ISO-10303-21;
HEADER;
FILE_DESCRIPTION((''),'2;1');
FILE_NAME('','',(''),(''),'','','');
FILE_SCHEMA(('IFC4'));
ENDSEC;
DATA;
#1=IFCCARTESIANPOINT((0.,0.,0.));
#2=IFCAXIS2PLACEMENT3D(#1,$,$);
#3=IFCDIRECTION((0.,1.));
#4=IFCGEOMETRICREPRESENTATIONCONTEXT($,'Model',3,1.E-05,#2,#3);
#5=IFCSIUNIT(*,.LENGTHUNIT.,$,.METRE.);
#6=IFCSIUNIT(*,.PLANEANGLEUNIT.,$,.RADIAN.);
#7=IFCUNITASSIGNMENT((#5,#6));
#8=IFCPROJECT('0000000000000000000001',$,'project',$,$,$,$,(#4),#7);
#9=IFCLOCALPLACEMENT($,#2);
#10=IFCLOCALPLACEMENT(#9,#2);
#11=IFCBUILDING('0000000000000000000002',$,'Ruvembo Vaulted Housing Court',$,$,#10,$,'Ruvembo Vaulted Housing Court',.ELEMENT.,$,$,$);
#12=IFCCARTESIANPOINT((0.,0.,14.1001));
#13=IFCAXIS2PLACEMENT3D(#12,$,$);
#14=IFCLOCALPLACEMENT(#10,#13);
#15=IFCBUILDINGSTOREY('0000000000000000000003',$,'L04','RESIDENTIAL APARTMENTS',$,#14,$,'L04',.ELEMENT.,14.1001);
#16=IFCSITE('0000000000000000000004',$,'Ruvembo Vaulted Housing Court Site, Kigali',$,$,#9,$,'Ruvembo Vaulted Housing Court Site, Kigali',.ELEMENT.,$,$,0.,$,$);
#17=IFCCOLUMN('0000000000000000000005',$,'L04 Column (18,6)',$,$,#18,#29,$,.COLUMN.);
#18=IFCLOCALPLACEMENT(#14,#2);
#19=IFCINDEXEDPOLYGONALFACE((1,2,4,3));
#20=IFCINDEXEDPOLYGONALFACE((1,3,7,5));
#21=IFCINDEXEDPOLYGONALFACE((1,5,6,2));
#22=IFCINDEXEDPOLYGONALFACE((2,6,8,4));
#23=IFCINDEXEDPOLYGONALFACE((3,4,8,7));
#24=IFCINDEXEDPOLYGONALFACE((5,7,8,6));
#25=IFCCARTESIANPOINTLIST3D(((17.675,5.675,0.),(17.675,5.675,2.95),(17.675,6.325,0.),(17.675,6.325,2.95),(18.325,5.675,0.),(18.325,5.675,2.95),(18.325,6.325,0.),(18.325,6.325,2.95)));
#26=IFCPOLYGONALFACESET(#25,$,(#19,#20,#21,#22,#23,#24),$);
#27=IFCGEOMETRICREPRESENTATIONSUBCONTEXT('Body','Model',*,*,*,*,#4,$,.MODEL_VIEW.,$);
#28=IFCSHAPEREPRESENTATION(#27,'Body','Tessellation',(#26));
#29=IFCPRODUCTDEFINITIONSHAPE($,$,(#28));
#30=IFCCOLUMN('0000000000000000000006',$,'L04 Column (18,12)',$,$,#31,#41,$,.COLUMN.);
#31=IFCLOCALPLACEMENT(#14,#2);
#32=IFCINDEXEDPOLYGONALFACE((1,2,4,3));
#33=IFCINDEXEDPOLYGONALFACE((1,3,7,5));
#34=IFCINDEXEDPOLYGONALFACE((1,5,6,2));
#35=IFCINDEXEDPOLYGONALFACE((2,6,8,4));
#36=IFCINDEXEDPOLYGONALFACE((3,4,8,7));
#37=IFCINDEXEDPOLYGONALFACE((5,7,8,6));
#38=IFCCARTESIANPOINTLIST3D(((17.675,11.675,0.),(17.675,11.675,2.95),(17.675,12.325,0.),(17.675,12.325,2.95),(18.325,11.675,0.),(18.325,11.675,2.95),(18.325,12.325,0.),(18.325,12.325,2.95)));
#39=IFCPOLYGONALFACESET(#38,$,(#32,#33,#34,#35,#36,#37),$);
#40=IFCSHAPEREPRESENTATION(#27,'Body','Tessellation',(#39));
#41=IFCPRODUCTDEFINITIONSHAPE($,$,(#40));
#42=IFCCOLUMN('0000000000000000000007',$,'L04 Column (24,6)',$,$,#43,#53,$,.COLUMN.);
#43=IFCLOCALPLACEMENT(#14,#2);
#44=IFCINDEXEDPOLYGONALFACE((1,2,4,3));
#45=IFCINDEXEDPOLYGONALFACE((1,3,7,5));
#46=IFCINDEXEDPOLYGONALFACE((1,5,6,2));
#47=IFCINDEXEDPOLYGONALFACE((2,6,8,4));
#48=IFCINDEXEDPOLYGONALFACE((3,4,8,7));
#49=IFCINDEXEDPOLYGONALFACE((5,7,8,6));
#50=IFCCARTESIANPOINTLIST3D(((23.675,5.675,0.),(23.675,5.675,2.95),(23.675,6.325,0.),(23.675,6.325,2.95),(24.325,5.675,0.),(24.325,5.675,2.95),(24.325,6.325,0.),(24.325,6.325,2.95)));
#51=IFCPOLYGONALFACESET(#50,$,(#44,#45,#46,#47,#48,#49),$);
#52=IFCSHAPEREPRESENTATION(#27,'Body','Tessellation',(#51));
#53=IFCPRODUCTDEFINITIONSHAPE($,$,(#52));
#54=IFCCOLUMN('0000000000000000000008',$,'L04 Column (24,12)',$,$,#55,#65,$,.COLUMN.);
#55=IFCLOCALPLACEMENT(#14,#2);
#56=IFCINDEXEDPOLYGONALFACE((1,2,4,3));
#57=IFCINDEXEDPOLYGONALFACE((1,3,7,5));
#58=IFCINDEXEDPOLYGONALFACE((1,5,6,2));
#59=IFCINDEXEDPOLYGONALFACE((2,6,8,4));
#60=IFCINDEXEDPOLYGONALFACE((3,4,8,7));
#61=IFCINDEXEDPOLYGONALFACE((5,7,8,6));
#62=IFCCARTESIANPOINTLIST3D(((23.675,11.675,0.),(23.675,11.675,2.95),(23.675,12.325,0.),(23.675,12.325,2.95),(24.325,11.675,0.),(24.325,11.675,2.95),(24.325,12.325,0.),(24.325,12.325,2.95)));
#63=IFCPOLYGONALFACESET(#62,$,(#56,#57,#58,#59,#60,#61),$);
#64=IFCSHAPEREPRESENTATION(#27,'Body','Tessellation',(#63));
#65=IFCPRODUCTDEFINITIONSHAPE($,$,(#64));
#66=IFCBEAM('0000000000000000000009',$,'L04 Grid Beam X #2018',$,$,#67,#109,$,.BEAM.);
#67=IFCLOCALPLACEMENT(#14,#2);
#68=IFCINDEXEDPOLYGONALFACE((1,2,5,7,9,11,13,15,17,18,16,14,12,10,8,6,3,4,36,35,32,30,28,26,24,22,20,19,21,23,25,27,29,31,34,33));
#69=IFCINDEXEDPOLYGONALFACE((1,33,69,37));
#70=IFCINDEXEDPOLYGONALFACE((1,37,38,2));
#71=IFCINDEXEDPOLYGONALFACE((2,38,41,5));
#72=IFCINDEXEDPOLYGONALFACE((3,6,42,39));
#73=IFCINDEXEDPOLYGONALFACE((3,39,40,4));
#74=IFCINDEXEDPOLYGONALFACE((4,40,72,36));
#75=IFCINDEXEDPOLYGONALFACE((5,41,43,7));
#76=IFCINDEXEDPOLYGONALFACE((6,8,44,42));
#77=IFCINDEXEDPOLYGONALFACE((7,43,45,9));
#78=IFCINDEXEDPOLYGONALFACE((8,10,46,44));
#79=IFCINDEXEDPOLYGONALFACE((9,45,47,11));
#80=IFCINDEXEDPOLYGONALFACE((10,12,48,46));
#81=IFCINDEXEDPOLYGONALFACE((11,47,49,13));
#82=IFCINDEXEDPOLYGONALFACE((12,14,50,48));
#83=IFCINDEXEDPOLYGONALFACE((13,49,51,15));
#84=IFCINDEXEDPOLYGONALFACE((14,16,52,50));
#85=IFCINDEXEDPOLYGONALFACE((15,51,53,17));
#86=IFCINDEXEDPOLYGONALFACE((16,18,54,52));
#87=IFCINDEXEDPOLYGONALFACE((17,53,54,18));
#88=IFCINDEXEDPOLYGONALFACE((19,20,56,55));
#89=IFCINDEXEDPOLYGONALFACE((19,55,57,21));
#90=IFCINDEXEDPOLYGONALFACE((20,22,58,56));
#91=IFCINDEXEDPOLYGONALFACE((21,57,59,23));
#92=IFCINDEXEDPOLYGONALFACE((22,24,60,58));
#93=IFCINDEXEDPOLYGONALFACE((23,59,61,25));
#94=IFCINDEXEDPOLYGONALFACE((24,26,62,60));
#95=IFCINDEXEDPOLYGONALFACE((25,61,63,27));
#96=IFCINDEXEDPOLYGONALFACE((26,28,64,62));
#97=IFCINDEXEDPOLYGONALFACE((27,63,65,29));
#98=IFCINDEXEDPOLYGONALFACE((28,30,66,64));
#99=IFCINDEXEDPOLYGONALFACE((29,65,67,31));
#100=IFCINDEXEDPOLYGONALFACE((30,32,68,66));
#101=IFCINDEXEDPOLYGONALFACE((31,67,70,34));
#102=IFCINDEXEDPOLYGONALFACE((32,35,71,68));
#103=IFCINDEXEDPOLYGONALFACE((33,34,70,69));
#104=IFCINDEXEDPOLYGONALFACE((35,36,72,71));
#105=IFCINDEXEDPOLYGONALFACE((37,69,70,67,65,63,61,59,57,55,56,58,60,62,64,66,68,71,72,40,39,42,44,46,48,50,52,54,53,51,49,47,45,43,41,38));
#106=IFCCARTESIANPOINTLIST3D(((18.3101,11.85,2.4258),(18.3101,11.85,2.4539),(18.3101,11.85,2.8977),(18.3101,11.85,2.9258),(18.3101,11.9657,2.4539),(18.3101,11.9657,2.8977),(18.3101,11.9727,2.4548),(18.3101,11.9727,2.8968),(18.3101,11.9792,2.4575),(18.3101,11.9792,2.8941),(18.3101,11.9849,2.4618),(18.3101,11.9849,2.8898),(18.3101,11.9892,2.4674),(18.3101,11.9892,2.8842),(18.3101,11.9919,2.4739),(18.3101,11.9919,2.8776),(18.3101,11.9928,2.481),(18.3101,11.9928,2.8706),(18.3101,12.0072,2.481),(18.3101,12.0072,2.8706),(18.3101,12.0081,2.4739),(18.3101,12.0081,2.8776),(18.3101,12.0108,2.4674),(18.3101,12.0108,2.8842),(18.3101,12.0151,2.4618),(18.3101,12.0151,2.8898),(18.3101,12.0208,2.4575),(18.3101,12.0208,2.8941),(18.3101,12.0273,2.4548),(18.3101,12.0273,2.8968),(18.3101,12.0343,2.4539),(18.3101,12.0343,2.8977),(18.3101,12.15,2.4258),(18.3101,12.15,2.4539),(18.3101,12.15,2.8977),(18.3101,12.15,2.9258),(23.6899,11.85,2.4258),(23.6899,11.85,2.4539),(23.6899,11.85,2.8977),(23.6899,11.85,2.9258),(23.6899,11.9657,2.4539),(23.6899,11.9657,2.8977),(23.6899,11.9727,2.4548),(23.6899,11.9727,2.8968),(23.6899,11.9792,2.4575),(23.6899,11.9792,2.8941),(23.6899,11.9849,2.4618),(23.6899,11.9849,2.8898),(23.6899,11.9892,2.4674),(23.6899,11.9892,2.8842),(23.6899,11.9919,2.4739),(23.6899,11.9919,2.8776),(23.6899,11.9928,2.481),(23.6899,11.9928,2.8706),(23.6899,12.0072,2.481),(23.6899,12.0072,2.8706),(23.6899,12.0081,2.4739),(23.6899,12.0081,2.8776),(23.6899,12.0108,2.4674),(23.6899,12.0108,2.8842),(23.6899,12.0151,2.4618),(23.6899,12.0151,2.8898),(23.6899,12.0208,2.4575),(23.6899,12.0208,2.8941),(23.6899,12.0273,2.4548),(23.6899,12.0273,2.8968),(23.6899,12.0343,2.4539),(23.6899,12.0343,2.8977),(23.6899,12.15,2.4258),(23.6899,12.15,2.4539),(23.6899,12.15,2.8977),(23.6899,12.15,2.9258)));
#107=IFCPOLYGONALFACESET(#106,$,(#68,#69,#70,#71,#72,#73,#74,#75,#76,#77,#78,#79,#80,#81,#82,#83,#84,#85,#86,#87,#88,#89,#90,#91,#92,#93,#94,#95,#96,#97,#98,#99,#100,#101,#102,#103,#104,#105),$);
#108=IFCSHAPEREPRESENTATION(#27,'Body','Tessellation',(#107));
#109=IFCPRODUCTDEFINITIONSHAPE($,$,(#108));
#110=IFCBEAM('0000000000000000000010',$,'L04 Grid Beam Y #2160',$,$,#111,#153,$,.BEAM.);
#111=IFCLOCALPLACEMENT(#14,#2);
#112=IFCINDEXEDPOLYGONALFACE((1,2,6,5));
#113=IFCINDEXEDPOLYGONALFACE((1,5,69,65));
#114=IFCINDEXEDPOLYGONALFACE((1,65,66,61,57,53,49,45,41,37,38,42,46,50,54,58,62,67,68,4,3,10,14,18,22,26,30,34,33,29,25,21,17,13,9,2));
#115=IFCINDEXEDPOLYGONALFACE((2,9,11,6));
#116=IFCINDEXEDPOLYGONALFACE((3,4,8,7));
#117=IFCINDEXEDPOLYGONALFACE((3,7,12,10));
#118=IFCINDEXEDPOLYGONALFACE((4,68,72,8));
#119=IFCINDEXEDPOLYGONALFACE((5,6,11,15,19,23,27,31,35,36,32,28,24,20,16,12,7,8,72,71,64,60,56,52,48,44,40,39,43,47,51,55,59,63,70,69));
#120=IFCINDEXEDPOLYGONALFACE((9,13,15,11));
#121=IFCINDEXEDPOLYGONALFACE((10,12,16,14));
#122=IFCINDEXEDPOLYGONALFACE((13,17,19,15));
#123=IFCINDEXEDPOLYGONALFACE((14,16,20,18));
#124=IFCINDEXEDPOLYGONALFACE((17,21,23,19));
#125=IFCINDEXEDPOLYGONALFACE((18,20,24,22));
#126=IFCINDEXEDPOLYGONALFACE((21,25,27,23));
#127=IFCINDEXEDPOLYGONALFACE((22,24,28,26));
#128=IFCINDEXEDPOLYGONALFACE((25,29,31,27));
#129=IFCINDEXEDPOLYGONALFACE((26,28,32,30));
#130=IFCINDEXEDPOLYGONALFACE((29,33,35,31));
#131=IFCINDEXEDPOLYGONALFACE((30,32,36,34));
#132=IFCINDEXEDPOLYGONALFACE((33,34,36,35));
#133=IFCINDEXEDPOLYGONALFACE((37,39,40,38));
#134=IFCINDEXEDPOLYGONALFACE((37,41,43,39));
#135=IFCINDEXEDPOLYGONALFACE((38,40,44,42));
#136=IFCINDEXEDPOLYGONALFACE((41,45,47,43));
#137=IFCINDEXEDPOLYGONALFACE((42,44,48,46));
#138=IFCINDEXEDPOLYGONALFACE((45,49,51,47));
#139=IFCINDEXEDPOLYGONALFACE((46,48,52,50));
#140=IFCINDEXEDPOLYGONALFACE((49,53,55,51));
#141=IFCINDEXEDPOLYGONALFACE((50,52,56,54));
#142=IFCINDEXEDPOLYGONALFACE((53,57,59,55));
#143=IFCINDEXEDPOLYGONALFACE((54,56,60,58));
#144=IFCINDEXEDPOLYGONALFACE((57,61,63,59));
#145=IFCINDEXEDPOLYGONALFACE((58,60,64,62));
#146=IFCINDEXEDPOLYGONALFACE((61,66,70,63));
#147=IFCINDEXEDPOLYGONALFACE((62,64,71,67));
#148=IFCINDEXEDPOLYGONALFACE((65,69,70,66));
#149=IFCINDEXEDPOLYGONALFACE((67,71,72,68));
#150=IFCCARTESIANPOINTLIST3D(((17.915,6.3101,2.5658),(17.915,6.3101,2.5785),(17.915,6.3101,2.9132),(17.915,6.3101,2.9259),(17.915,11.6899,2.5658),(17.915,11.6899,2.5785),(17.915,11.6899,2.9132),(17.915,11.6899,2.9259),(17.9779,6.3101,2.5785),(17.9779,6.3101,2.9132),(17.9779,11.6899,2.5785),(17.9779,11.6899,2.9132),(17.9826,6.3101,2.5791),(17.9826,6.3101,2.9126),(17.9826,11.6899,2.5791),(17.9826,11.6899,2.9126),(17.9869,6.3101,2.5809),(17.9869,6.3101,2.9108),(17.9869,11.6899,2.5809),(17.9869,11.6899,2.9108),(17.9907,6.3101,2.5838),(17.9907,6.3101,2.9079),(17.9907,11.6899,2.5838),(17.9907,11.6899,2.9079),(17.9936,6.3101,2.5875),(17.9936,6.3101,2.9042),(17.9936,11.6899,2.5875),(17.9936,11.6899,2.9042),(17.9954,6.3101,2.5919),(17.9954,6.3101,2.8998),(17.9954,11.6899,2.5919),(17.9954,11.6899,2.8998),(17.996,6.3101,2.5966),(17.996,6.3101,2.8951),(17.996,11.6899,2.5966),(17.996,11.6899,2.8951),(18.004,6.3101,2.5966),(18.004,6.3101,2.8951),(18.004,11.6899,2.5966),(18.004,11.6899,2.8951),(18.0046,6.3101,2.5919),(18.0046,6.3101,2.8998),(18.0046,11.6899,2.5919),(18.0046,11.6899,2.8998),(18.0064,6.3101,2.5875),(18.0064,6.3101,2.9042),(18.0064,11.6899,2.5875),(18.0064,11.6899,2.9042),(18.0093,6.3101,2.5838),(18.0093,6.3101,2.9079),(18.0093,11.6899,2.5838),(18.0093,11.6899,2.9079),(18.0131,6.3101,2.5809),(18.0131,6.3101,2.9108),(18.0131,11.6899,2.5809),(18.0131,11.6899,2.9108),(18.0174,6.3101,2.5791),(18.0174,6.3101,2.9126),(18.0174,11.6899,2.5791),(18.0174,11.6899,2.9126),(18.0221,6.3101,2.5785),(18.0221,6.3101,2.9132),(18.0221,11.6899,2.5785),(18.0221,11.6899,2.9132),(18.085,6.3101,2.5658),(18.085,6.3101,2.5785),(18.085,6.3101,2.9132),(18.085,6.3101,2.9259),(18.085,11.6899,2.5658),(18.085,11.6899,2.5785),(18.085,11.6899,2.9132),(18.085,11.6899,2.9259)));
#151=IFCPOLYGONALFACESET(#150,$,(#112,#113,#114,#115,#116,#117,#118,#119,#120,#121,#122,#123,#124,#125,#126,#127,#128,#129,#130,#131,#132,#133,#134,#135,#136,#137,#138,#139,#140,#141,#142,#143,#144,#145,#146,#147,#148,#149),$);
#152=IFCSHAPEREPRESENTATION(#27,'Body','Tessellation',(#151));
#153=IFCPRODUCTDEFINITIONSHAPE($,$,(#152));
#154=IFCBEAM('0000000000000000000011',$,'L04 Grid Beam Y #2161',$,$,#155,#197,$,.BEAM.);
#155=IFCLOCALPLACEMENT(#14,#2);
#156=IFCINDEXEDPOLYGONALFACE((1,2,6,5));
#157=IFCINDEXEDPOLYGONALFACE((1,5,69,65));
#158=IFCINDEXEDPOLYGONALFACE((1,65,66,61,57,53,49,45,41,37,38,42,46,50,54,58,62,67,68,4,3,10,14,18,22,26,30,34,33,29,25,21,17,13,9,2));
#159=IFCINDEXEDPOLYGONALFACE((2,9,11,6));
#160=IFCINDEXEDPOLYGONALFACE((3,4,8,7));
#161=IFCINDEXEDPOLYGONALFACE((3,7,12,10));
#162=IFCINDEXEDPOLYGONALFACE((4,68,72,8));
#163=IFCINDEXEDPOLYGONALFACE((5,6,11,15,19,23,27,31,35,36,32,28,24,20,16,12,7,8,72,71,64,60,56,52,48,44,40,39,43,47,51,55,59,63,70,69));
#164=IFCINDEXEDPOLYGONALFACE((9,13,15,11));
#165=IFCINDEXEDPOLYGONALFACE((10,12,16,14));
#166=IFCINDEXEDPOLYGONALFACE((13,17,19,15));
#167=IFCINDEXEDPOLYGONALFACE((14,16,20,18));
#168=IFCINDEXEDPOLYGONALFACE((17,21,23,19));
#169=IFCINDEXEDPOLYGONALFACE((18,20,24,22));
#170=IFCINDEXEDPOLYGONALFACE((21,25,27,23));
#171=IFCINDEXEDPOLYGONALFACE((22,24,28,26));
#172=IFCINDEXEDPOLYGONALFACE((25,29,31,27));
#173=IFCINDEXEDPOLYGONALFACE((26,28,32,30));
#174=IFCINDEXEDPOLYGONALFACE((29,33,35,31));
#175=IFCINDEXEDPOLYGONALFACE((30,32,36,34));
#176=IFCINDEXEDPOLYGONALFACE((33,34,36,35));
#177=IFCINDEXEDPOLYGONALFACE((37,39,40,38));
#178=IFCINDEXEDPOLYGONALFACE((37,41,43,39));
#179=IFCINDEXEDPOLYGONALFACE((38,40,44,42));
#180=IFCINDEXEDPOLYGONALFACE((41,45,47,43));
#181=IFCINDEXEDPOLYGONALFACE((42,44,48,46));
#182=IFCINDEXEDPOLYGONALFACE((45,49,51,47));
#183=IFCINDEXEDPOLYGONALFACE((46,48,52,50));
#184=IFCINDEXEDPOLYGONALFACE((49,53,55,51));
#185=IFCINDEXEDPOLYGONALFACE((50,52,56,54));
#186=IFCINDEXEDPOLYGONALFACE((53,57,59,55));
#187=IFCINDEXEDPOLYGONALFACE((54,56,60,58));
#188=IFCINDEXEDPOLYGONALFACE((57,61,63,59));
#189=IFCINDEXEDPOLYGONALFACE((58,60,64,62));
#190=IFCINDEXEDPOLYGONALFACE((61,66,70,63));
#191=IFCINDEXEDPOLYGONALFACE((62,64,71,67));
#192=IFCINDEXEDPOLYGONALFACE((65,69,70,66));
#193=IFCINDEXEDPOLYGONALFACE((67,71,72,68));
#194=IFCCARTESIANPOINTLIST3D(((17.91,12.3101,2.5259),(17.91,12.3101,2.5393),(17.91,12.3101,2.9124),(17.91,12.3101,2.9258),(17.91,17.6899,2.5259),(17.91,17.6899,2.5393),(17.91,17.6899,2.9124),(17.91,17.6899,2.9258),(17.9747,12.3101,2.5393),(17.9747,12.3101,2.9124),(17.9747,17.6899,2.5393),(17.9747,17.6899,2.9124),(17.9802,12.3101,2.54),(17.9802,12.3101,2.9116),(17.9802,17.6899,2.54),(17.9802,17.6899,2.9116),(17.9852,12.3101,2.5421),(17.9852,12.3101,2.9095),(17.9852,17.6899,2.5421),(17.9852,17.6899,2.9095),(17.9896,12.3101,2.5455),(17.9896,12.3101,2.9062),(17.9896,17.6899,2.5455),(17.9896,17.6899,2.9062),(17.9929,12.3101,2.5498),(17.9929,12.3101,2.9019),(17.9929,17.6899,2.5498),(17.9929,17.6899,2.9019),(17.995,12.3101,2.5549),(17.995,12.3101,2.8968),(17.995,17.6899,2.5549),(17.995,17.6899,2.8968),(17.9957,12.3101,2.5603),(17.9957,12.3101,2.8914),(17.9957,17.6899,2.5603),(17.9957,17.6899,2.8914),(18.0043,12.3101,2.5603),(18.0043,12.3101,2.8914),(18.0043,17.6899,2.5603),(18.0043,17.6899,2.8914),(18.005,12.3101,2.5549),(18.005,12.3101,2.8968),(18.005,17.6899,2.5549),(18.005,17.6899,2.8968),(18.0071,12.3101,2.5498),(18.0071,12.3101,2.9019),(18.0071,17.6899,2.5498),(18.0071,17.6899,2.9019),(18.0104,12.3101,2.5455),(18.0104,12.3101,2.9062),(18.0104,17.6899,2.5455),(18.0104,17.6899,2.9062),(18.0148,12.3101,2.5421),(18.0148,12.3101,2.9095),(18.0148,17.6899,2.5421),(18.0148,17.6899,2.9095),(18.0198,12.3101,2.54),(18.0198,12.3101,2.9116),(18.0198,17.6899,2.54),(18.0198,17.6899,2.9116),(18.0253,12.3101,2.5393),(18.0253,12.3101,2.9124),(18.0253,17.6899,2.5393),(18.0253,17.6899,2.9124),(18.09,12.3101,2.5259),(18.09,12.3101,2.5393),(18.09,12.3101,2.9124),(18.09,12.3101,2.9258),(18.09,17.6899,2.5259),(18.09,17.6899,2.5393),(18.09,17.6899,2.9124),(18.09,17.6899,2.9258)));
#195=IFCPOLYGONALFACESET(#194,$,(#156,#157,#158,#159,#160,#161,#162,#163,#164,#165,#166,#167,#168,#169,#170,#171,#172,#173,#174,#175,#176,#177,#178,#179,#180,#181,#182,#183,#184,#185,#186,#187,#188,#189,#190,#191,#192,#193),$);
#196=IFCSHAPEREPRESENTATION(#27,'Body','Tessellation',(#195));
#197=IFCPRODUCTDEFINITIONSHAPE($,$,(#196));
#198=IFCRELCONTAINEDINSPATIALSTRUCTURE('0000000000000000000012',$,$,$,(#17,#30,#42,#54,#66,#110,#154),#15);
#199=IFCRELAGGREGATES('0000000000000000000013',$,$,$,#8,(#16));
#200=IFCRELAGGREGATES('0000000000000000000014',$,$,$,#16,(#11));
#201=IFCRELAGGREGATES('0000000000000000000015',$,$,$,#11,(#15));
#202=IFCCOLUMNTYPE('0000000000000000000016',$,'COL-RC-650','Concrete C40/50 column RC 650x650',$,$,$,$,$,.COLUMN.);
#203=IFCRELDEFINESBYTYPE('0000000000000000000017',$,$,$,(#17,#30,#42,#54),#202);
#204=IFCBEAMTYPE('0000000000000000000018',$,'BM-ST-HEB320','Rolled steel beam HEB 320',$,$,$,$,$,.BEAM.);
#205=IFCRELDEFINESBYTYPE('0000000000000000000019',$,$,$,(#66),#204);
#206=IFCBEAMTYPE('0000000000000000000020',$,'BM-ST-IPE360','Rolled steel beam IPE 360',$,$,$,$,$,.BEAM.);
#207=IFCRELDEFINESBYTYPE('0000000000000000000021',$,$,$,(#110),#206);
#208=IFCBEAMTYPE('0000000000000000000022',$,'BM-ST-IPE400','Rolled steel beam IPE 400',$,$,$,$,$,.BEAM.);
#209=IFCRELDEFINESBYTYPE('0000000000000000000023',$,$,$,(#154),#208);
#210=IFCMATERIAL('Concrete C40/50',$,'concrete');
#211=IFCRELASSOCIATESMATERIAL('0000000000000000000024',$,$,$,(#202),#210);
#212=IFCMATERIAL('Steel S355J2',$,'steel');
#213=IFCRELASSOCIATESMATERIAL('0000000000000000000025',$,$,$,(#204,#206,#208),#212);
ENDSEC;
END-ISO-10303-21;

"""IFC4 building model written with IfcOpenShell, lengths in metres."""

from ifc_helpers import new_model, si_unit, direction, frame, origin, origin_2d, place, context, subcontext, project, spatial, rectangle, i_section, extrude, material, material_profile, profile_set, type_object, element, save


model = new_model("IFC4")

# Units and contexts
model_context = context("Model", 3, precision=1e-05, world=origin(), true_north=direction((0.0, 1.0)))
body_context = subcontext(model_context, "Body", "Model", "MODEL_VIEW")
ifc_project = project(units=[si_unit("LENGTHUNIT", "METRE"), si_unit("PLANEANGLEUNIT", "RADIAN")], contexts=[model_context])

# Site, building, storey
site_placement = place(None, origin())
site = spatial("IfcSite", under=ifc_project, at=site_placement, Name="Ruvembo Vaulted Housing Court Site, Kigali", LongName="Ruvembo Vaulted Housing Court Site, Kigali", CompositionType="ELEMENT", RefElevation=0.0)
building_placement = place(site_placement, origin())
building = spatial("IfcBuilding", under=site, at=building_placement, Name="Ruvembo Vaulted Housing Court", LongName="Ruvembo Vaulted Housing Court", CompositionType="ELEMENT")
storey_placement = place(building_placement, frame((0.0, 0.0, 14.1001)))
storey = spatial("IfcBuildingStorey", under=building, at=storey_placement, Name="L04", Description="RESIDENTIAL APARTMENTS", LongName="L04", CompositionType="ELEMENT", Elevation=14.1001)

# Columns
ifc_material_1 = material(Name="Concrete C40/50", Category="concrete")
ifc_material_profile_1 = material_profile(ifc_material_1, rectangle(XDim=0.6499, YDim=0.6499, at=origin_2d()), Name="RC 650x650")
ifc_profile_set_1 = profile_set([ifc_material_profile_1], Name="Concrete C40/50")
column_type = type_object("IfcColumnType", Name="COL-RC-650", Description="Concrete C40/50 column RC 650x650", PredefinedType="COLUMN", material=ifc_profile_set_1)
for number, where, z_axis, x_axis, name in (
    (1, (18.0, 6.0, 0.0), (0.0, 0.0, 1.0), (1.0, 0.0, 0.0), "L04 Column (18,6)"),
    (2, (18.0, 12.0, 0.0), (0.0, 0.0, 1.0), (1.0, 0.0, 0.0), "L04 Column (18,12)"),
    (3, (24.0, 6.0, 0.0), (0.0, 0.0, 1.0), (1.0, 0.0, 0.0), "L04 Column (24,6)"),
    (4, (24.0, 12.0, 0.0), (0.0, 0.0, 1.0), (1.0, 0.0, 0.0), "L04 Column (24,12)"),
):
    element("IfcColumn", number, at=place(storey_placement, frame(where, z_axis=z_axis, x_axis=x_axis)), inside=storey, type_object=column_type, Name=name, PredefinedType="COLUMN", context=body_context, shape_type="SweptSolid", body=[
        extrude(rectangle(XDim=0.6499, YDim=0.6499, at=origin_2d()), origin(), (0.0, 0.0, 1.0), 2.95),
    ])

# Beams
ifc_material_2 = material(Name="Steel S355J2", Category="steel")
ifc_material_profile_2 = material_profile(ifc_material_2, i_section(OverallWidth=0.3, OverallDepth=0.5, WebThickness=0.0144, FlangeThickness=0.0281, FilletRadius=0.0271, at=origin_2d()), Name="HEB 320")
ifc_profile_set_2 = profile_set([ifc_material_profile_2], Name="Steel S355J2")
beam_type_1 = type_object("IfcBeamType", Name="BM-ST-HEB320", Description="Rolled steel beam HEB 320", PredefinedType="BEAM", material=ifc_profile_set_2)
beam_1_placement = place(storey_placement, frame((18.3101, 12.0, 2.6758), z_axis=(1.0, 0.0, 0.0), x_axis=(0.0, 1.0, 0.0)))
element("IfcBeam", 5, at=beam_1_placement, inside=storey, type_object=beam_type_1, Name="L04 Grid Beam X #2018", PredefinedType="BEAM", context=body_context, shape_type="SweptSolid", body=[
    extrude(i_section(OverallWidth=0.3, OverallDepth=0.5, WebThickness=0.0144, FlangeThickness=0.0281, FilletRadius=0.0271, at=origin_2d()), origin(), (0.0, 0.0, 1.0), 5.3799),
])
ifc_material_profile_3 = material_profile(ifc_material_2, i_section(OverallWidth=0.1699, OverallDepth=0.3601, WebThickness=0.0081, FlangeThickness=0.0127, FilletRadius=0.0181, at=origin_2d()), Name="IPE 360")
ifc_profile_set_3 = profile_set([ifc_material_profile_3], Name="Steel S355J2")
beam_type_2 = type_object("IfcBeamType", Name="BM-ST-IPE360", Description="Rolled steel beam IPE 360", PredefinedType="BEAM", material=ifc_profile_set_3)
beam_2_placement = place(storey_placement, frame((18.0, 6.3101, 2.7458), z_axis=(0.0, 1.0, 0.0), x_axis=(-1.0, 0.0, 0.0)))
element("IfcBeam", 6, at=beam_2_placement, inside=storey, type_object=beam_type_2, Name="L04 Grid Beam Y #2160", PredefinedType="BEAM", context=body_context, shape_type="SweptSolid", body=[
    extrude(i_section(OverallWidth=0.1699, OverallDepth=0.3601, WebThickness=0.0081, FlangeThickness=0.0127, FilletRadius=0.0181, at=origin_2d()), origin(), (0.0, 0.0, 1.0), 5.3799),
])
ifc_material_profile_4 = material_profile(ifc_material_2, i_section(OverallWidth=0.1799, OverallDepth=0.3999, WebThickness=0.0085, FlangeThickness=0.0134, FilletRadius=0.021, at=origin_2d()), Name="IPE 400")
ifc_profile_set_4 = profile_set([ifc_material_profile_4], Name="Steel S355J2")
beam_type_3 = type_object("IfcBeamType", Name="BM-ST-IPE400", Description="Rolled steel beam IPE 400", PredefinedType="BEAM", material=ifc_profile_set_4)
for number, where, z_axis, x_axis, name in (
    (7, (18.0, 12.3101, 2.7258), (0.0, 1.0, 0.0), (-1.0, 0.0, 0.0), "L04 Grid Beam Y #2161"),
):
    element("IfcBeam", number, at=place(storey_placement, frame(where, z_axis=z_axis, x_axis=x_axis)), inside=storey, type_object=beam_type_3, Name=name, PredefinedType="BEAM", context=body_context, shape_type="SweptSolid", body=[
        extrude(i_section(OverallWidth=0.1799, OverallDepth=0.3999, WebThickness=0.0085, FlangeThickness=0.0134, FilletRadius=0.021, at=origin_2d()), origin(), (0.0, 0.0, 1.0), 5.3799),
    ])

save(model, "model.ifc")
